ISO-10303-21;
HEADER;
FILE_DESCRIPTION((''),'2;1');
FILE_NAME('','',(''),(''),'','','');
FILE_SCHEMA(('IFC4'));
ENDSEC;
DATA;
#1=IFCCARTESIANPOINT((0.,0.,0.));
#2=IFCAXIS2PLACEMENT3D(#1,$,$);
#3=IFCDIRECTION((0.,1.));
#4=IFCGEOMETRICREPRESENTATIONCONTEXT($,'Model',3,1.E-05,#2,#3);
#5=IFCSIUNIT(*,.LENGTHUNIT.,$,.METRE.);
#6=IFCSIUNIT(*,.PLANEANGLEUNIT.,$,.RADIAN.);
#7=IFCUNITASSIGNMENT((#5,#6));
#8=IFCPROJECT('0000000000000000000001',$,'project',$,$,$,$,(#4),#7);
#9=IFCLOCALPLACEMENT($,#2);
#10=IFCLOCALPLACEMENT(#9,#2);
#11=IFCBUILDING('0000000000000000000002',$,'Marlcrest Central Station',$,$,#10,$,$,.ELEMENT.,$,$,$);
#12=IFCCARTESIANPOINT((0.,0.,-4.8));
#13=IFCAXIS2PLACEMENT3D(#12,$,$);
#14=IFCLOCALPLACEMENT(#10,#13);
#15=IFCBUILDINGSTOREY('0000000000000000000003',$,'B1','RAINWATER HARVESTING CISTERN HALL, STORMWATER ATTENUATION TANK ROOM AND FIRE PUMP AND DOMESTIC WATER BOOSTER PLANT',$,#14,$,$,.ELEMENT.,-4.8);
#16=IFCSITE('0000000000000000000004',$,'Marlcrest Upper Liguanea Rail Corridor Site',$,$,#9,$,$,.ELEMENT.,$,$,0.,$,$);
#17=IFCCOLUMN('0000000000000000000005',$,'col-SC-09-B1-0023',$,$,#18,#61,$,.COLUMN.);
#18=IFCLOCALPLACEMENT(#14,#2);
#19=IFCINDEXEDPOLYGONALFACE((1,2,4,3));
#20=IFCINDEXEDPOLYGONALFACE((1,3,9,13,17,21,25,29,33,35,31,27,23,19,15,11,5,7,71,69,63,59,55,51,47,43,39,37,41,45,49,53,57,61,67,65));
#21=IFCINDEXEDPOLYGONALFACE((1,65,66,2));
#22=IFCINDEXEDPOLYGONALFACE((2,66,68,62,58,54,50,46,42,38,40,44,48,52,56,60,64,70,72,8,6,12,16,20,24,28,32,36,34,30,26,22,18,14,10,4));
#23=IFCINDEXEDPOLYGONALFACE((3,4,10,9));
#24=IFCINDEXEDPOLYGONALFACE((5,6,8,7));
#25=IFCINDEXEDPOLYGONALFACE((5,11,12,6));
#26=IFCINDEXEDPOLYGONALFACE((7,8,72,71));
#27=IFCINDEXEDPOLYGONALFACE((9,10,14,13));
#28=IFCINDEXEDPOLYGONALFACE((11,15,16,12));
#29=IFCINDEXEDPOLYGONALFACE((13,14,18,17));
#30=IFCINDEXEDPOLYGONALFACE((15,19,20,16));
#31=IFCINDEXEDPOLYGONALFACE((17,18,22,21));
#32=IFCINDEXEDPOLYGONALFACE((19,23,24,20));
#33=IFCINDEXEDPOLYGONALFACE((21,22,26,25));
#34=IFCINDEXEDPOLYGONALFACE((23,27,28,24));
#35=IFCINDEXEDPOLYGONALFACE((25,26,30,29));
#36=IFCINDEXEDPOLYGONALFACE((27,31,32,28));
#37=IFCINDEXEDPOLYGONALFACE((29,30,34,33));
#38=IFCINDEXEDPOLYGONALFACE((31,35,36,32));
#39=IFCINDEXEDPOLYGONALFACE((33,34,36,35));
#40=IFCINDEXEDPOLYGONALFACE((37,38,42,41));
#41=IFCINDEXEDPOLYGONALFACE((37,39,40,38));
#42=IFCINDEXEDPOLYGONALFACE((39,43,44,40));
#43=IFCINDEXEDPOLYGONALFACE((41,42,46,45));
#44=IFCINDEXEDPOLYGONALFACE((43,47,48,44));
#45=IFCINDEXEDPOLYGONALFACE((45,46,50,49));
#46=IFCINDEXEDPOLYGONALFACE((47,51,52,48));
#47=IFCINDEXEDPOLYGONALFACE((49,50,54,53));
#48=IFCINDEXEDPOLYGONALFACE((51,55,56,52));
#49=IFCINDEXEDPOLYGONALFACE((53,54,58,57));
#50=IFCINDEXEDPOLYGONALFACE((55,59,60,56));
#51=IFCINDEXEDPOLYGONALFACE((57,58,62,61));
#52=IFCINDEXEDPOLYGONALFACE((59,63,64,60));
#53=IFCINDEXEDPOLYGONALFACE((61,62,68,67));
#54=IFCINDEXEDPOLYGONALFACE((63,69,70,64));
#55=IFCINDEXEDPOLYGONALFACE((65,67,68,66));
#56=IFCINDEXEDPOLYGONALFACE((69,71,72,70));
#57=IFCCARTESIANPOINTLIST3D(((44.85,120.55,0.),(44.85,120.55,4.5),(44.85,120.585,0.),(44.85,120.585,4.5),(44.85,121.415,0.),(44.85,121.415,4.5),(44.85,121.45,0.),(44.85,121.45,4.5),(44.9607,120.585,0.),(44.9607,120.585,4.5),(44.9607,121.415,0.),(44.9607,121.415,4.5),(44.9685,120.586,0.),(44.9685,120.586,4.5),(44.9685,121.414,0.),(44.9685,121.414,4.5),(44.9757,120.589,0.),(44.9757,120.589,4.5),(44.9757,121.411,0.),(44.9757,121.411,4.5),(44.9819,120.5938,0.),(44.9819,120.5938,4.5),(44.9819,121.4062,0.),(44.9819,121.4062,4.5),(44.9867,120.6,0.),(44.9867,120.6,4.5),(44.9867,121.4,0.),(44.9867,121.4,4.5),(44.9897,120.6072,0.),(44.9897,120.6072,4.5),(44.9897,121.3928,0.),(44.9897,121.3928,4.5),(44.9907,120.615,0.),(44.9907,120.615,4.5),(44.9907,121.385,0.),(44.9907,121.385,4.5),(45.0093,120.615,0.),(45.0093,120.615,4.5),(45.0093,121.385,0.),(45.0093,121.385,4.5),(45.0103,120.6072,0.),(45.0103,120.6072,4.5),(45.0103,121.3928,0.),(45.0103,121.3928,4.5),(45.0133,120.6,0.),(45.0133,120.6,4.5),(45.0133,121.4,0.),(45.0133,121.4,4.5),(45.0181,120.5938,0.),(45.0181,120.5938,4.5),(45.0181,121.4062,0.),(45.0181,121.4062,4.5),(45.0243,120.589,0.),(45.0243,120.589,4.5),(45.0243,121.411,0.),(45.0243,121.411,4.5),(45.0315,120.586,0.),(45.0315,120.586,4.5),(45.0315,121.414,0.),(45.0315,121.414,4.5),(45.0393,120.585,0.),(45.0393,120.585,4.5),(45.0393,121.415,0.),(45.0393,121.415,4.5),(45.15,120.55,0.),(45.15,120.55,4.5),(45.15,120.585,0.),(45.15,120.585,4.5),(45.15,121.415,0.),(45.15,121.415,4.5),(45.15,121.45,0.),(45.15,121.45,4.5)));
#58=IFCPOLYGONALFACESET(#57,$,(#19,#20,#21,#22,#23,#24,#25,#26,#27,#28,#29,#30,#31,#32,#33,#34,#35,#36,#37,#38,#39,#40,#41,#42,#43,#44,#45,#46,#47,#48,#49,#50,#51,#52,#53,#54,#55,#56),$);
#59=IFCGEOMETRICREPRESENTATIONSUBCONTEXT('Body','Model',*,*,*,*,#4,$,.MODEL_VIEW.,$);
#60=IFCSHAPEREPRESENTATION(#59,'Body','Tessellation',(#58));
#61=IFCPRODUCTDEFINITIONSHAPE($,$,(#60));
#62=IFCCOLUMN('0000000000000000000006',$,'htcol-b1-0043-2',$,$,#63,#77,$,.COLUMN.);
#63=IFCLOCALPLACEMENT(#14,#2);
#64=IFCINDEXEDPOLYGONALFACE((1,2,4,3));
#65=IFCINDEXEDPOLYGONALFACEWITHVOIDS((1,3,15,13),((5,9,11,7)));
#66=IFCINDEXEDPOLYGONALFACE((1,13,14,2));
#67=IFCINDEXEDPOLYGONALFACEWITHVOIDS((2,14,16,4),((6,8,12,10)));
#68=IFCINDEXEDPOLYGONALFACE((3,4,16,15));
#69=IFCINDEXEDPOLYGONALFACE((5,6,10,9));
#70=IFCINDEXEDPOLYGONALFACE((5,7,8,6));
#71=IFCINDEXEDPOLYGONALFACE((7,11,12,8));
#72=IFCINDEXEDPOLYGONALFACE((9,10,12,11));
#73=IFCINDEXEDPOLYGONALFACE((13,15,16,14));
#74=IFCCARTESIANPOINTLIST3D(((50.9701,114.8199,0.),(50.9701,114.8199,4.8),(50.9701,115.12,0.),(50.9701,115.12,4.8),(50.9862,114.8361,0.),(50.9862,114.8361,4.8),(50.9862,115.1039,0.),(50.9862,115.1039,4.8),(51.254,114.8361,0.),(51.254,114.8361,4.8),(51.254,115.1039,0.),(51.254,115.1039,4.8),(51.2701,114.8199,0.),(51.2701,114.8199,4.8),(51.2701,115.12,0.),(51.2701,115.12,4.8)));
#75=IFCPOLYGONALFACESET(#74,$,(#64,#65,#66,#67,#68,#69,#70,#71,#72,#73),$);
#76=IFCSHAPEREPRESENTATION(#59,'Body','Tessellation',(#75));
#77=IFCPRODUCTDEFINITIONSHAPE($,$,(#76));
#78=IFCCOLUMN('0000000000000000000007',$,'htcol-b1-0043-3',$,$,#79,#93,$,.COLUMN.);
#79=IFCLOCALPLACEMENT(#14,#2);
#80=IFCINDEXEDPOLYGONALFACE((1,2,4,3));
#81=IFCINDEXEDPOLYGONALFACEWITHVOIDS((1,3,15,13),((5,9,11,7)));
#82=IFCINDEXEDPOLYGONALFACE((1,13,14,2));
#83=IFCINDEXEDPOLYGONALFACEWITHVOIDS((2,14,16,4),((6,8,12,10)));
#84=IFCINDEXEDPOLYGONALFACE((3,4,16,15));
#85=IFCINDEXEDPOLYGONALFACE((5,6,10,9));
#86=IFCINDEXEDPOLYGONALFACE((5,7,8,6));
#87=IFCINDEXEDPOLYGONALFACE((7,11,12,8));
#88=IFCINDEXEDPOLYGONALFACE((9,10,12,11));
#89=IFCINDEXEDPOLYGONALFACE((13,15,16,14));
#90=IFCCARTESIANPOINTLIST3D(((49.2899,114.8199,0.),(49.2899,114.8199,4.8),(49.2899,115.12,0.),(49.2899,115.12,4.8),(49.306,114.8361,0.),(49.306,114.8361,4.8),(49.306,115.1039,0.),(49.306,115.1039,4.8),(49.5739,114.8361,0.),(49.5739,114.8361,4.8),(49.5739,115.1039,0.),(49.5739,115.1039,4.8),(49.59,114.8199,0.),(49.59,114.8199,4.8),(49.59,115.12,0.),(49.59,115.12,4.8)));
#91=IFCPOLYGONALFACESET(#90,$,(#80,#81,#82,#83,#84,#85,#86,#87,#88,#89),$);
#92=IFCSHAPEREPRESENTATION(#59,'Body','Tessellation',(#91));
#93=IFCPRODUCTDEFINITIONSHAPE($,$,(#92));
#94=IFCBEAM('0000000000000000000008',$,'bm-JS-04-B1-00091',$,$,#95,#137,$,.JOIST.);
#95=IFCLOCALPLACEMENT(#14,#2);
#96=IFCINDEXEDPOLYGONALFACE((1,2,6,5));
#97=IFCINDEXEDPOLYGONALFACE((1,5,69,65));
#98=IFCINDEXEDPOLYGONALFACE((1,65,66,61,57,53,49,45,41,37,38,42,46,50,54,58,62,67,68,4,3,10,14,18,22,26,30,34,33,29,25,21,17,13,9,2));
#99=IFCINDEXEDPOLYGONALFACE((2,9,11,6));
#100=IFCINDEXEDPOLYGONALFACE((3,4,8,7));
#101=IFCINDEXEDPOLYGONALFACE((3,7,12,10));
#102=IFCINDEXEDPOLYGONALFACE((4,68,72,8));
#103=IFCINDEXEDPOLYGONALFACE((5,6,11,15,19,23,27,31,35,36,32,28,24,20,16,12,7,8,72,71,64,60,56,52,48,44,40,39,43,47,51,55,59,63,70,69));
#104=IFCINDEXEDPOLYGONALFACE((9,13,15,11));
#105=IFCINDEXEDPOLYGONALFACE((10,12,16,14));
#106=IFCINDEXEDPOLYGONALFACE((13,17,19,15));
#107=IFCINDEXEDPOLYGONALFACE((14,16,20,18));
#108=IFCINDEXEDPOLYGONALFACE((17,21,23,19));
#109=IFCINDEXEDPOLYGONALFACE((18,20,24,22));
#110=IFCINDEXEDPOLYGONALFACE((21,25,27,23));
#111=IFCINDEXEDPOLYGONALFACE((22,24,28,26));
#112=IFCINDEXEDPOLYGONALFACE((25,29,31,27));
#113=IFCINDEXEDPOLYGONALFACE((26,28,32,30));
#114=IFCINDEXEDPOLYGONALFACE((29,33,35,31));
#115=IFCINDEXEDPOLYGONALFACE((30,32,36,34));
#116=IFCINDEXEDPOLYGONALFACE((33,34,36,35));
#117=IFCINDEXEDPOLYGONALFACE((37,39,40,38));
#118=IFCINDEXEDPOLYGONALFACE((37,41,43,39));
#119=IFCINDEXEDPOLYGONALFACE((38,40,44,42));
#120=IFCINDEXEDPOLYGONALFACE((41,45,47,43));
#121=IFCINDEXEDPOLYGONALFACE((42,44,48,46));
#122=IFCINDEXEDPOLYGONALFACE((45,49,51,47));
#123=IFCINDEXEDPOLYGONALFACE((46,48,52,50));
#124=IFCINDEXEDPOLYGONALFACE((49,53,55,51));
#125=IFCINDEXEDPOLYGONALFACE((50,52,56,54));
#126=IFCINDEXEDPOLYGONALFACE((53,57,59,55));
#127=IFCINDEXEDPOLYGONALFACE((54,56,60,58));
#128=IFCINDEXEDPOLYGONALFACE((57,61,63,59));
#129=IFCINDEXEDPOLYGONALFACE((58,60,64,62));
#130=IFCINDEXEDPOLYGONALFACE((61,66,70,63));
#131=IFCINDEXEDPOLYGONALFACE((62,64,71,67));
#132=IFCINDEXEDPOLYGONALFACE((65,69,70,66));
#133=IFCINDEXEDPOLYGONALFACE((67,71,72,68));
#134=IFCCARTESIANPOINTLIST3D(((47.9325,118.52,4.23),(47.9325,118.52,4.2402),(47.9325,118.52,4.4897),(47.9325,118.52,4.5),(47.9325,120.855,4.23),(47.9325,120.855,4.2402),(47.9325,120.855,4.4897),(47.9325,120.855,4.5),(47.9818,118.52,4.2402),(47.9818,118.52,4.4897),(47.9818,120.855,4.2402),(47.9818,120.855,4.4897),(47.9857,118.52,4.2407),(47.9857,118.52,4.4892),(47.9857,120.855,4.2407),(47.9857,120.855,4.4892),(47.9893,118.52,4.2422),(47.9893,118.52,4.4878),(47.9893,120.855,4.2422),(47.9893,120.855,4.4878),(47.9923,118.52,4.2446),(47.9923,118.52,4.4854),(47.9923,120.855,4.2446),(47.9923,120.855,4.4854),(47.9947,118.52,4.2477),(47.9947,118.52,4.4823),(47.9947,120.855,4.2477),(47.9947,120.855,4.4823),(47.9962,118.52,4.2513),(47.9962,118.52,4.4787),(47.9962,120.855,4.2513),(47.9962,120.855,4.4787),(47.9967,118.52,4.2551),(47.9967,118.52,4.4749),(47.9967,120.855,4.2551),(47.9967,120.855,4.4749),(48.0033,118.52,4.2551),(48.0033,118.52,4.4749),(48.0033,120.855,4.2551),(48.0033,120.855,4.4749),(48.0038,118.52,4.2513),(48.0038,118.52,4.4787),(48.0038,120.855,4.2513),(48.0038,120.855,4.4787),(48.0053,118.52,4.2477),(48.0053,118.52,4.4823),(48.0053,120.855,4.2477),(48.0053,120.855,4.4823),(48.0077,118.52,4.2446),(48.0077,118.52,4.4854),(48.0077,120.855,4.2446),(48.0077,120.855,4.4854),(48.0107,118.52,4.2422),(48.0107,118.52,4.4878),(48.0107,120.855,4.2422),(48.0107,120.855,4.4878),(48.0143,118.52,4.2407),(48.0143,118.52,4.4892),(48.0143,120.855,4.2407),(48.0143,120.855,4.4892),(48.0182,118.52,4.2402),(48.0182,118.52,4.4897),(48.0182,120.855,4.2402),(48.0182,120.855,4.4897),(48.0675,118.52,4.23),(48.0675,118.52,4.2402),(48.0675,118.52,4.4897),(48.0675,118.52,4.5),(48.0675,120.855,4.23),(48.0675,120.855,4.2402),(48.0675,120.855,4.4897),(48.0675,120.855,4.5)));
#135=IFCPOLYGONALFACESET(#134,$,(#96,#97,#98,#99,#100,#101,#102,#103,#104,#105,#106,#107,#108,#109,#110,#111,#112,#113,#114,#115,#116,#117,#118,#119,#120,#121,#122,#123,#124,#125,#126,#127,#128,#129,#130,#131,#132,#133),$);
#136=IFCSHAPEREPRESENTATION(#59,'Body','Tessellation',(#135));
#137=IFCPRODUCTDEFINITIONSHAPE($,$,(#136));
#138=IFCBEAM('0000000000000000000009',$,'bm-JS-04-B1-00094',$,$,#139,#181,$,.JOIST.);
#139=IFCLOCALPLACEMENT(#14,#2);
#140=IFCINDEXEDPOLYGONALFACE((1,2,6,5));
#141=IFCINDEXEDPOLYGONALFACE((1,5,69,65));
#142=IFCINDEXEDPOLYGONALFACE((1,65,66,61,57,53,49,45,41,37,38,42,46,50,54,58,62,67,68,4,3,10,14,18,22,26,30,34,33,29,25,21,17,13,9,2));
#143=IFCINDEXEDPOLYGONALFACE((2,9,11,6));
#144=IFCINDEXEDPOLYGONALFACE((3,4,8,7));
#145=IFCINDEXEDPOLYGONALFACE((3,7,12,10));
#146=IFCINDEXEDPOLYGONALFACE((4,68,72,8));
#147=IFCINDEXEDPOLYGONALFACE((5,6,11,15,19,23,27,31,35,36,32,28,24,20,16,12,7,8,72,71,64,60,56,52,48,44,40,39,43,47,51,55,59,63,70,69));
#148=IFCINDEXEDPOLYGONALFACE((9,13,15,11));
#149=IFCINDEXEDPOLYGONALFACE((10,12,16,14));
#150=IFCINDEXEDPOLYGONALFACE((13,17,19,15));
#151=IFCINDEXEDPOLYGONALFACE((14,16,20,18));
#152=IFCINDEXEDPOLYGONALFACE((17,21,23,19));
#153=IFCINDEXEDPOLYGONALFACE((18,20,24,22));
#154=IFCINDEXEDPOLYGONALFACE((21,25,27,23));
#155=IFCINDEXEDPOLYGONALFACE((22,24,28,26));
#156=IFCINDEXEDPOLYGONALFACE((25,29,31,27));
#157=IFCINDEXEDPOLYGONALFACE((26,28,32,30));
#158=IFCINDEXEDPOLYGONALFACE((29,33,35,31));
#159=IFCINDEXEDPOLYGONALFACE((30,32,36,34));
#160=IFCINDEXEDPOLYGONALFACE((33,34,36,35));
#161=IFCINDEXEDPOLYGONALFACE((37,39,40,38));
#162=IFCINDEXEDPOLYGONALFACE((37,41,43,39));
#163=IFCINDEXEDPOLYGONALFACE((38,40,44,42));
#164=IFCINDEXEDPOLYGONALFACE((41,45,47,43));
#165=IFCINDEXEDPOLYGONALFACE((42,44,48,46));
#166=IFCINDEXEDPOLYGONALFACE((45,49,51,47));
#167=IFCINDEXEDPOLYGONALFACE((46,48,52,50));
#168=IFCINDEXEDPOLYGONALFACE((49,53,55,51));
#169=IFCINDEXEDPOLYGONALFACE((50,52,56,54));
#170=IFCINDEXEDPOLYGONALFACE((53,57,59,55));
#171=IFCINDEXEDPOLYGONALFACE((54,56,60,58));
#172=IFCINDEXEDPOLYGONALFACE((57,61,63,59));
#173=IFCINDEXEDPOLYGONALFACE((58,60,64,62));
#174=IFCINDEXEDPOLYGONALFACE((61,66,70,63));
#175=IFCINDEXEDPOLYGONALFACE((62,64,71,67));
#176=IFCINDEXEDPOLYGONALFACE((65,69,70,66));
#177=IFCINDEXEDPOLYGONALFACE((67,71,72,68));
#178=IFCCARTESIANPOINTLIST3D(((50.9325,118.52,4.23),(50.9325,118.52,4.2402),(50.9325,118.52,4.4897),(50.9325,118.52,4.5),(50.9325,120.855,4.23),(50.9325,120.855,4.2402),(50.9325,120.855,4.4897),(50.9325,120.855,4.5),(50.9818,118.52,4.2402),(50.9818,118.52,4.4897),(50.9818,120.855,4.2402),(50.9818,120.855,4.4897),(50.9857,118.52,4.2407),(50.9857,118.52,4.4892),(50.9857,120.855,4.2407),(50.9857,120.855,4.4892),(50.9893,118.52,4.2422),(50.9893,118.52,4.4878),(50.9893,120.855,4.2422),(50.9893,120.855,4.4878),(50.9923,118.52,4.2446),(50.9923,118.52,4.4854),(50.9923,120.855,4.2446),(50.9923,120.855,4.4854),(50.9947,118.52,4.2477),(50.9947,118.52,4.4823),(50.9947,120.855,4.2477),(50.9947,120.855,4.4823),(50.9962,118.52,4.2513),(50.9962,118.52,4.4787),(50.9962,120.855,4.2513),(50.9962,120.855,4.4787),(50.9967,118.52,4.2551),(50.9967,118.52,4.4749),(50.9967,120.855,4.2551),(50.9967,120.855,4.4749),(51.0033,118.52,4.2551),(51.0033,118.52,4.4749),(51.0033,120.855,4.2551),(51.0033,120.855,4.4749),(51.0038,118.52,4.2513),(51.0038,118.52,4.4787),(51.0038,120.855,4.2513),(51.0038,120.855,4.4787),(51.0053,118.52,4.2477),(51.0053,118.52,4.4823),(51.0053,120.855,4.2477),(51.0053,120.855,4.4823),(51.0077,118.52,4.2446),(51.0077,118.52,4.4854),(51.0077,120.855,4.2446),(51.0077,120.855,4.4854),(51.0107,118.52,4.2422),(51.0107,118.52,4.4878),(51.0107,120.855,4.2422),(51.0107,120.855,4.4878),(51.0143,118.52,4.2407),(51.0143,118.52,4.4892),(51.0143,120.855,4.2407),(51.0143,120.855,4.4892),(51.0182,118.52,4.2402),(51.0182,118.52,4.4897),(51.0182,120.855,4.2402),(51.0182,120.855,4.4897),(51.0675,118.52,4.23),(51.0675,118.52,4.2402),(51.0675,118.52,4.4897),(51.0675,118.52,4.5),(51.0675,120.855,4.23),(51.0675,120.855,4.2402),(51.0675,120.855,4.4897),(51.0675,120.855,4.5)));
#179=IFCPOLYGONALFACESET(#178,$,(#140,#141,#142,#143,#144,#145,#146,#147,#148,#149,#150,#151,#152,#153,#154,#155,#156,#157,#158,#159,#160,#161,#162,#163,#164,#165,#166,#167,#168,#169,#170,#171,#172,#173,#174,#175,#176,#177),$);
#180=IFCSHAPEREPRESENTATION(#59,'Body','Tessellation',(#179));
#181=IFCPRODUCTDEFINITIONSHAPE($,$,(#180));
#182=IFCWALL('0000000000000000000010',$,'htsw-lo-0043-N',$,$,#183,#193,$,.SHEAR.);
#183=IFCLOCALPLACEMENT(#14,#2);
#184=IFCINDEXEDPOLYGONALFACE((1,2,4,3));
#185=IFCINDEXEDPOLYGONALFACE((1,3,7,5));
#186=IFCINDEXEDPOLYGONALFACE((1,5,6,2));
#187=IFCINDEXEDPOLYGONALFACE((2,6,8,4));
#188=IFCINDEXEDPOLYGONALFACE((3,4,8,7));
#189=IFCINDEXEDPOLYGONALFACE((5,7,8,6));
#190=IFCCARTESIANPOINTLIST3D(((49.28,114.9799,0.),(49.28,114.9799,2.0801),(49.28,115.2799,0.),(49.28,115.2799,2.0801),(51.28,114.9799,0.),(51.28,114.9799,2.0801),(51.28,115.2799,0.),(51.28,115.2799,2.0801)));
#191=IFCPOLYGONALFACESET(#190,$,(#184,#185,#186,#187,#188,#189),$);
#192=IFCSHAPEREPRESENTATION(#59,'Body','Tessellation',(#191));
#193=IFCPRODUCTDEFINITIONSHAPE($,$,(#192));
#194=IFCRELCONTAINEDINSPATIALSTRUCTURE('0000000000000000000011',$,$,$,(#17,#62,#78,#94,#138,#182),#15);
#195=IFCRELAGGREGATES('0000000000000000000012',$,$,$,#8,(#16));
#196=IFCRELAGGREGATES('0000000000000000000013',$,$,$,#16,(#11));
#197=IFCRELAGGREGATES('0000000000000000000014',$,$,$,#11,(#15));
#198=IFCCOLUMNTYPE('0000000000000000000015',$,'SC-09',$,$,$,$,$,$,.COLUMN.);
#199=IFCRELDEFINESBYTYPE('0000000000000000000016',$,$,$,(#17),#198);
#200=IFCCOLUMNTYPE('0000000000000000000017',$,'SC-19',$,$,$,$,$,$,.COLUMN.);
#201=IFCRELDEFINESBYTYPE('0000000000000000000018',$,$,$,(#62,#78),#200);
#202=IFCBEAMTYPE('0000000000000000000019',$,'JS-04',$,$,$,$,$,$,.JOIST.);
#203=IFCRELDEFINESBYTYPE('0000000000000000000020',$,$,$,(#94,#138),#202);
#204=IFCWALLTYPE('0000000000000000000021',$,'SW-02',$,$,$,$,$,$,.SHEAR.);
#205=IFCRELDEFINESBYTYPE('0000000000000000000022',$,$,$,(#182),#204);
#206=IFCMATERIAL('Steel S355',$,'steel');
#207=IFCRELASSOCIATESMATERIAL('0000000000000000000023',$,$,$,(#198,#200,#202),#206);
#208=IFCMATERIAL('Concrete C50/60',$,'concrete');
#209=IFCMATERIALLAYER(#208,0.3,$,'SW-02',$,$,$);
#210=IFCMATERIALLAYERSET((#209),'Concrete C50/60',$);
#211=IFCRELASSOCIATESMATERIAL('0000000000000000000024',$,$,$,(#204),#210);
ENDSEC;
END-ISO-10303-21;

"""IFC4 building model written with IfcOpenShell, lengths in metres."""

from ifc_helpers import new_model, si_unit, direction, frame, frame_2d, origin, origin_2d, place, context, subcontext, project, spatial, rectangle, hollow_rectangle, i_section, extrude, material, layer, layer_set, material_profile, profile_set, type_object, element, save


model = new_model("IFC4")

# Units and contexts
model_context = context("Model", 3, precision=1e-05, world=origin(), true_north=direction((0.0, 1.0)))
body_context = subcontext(model_context, "Body", "Model", "MODEL_VIEW")
ifc_project = project(units=[si_unit("LENGTHUNIT", "METRE"), si_unit("PLANEANGLEUNIT", "RADIAN")], contexts=[model_context])

# Site, building, storey
site_placement = place(None, origin())
site = spatial("IfcSite", under=ifc_project, at=site_placement, Name="Marlcrest Upper Liguanea Rail Corridor Site", CompositionType="ELEMENT", RefElevation=0.0)
building_placement = place(site_placement, origin())
building = spatial("IfcBuilding", under=site, at=building_placement, Name="Marlcrest Central Station", CompositionType="ELEMENT")
storey_placement = place(building_placement, frame((0.0, 0.0, -4.8)))
storey = spatial("IfcBuildingStorey", under=building, at=storey_placement, Name="B1", Description="RAINWATER HARVESTING CISTERN HALL, STORMWATER ATTENUATION TANK ROOM AND FIRE PUMP AND DOMESTIC WATER BOOSTER PLANT", CompositionType="ELEMENT", Elevation=-4.8)

# Columns
ifc_material_1 = material(Name="Steel S355", Category="steel")
ifc_material_profile_1 = material_profile(ifc_material_1, i_section(OverallWidth=0.3, OverallDepth=0.8999, WebThickness=0.0186, FlangeThickness=0.0349, FilletRadius=0.03, at=origin_2d()), Name="HEB 900")
ifc_profile_set_1 = profile_set([ifc_material_profile_1], Name="Steel S355")
column_type_1 = type_object("IfcColumnType", Name="SC-09", PredefinedType="COLUMN", material=ifc_profile_set_1)
column_placement = place(storey_placement, frame((45.0, 121.0, 0.0), z_axis=(0.0, 0.0, 1.0), x_axis=(1.0, 0.0, 0.0)))
element("IfcColumn", 1, at=column_placement, inside=storey, type_object=column_type_1, Name="col-SC-09-B1-0023", PredefinedType="COLUMN", context=body_context, shape_type="SweptSolid", body=[
    extrude(i_section(OverallWidth=0.3, OverallDepth=0.8999, WebThickness=0.0186, FlangeThickness=0.0349, FilletRadius=0.03, at=origin_2d()), origin(), (0.0, 0.0, 1.0), 4.5),
])
ifc_material_profile_2 = material_profile(ifc_material_1, hollow_rectangle(XDim=0.3, YDim=0.3, WallThickness=0.0161, at=origin_2d()), Name="SHS 300x300x16")
ifc_profile_set_2 = profile_set([ifc_material_profile_2], Name="Steel S355")
column_type_2 = type_object("IfcColumnType", Name="SC-19", PredefinedType="COLUMN", material=ifc_profile_set_2)
for number, where, z_axis, x_axis, name in (
    (2, (51.1201, 114.97, 0.0), (0.0, 0.0, 1.0), (1.0, 0.0, 0.0), "htcol-b1-0043-2"),
    (3, (49.4399, 114.97, 0.0), (0.0, 0.0, 1.0), (1.0, 0.0, 0.0), "htcol-b1-0043-3"),
):
    element("IfcColumn", number, at=place(storey_placement, frame(where, z_axis=z_axis, x_axis=x_axis)), inside=storey, type_object=column_type_2, Name=name, PredefinedType="COLUMN", context=body_context, shape_type="SweptSolid", body=[
        extrude(hollow_rectangle(XDim=0.3, YDim=0.3, WallThickness=0.0161, at=origin_2d()), origin(), (0.0, 0.0, 1.0), 4.8),
    ])

# Beams
ifc_material_profile_3 = material_profile(ifc_material_1, i_section(OverallWidth=0.135, OverallDepth=0.27, WebThickness=0.0066, FlangeThickness=0.0103, FilletRadius=0.0149, at=origin_2d()), Name="IPE 270")
ifc_profile_set_3 = profile_set([ifc_material_profile_3], Name="Steel S355")
beam_type = type_object("IfcBeamType", Name="JS-04", PredefinedType="JOIST", material=ifc_profile_set_3)
for number, where, z_axis, x_axis, name in (
    (4, (48.0, 118.52, 4.365), (0.0, 1.0, 0.0), (-1.0, 0.0, 0.0), "bm-JS-04-B1-00091"),
    (5, (51.0, 118.52, 4.365), (0.0, 1.0, 0.0), (-1.0, 0.0, 0.0), "bm-JS-04-B1-00094"),
):
    element("IfcBeam", number, at=place(storey_placement, frame(where, z_axis=z_axis, x_axis=x_axis)), inside=storey, type_object=beam_type, Name=name, PredefinedType="JOIST", context=body_context, shape_type="SweptSolid", body=[
        extrude(i_section(OverallWidth=0.135, OverallDepth=0.27, WebThickness=0.0066, FlangeThickness=0.0103, FilletRadius=0.0149, at=origin_2d()), origin(), (0.0, 0.0, 1.0), 2.335),
    ])

# Wall
ifc_material_2 = material(Name="Concrete C50/60", Category="concrete")
ifc_layer = layer(ifc_material_2, 0.3, Name="SW-02")
ifc_layer_set = layer_set([ifc_layer], Name="Concrete C50/60")
wall_type = type_object("IfcWallType", Name="SW-02", PredefinedType="SHEAR", material=ifc_layer_set)
wall_placement = place(storey_placement, frame((51.28, 115.1299, 0.0), z_axis=(0.0, 0.0, 1.0), x_axis=(-1.0, 0.0, 0.0)))
element("IfcWall", 6, at=wall_placement, inside=storey, type_object=wall_type, Name="htsw-lo-0043-N", PredefinedType="SHEAR", context=body_context, shape_type="SweptSolid", body=[
    extrude(rectangle(XDim=2.0, YDim=0.3, at=frame_2d((1.0, 0.0))), origin(), (0.0, 0.0, 1.0), 2.0801),
])

save(model, "model.ifc")
